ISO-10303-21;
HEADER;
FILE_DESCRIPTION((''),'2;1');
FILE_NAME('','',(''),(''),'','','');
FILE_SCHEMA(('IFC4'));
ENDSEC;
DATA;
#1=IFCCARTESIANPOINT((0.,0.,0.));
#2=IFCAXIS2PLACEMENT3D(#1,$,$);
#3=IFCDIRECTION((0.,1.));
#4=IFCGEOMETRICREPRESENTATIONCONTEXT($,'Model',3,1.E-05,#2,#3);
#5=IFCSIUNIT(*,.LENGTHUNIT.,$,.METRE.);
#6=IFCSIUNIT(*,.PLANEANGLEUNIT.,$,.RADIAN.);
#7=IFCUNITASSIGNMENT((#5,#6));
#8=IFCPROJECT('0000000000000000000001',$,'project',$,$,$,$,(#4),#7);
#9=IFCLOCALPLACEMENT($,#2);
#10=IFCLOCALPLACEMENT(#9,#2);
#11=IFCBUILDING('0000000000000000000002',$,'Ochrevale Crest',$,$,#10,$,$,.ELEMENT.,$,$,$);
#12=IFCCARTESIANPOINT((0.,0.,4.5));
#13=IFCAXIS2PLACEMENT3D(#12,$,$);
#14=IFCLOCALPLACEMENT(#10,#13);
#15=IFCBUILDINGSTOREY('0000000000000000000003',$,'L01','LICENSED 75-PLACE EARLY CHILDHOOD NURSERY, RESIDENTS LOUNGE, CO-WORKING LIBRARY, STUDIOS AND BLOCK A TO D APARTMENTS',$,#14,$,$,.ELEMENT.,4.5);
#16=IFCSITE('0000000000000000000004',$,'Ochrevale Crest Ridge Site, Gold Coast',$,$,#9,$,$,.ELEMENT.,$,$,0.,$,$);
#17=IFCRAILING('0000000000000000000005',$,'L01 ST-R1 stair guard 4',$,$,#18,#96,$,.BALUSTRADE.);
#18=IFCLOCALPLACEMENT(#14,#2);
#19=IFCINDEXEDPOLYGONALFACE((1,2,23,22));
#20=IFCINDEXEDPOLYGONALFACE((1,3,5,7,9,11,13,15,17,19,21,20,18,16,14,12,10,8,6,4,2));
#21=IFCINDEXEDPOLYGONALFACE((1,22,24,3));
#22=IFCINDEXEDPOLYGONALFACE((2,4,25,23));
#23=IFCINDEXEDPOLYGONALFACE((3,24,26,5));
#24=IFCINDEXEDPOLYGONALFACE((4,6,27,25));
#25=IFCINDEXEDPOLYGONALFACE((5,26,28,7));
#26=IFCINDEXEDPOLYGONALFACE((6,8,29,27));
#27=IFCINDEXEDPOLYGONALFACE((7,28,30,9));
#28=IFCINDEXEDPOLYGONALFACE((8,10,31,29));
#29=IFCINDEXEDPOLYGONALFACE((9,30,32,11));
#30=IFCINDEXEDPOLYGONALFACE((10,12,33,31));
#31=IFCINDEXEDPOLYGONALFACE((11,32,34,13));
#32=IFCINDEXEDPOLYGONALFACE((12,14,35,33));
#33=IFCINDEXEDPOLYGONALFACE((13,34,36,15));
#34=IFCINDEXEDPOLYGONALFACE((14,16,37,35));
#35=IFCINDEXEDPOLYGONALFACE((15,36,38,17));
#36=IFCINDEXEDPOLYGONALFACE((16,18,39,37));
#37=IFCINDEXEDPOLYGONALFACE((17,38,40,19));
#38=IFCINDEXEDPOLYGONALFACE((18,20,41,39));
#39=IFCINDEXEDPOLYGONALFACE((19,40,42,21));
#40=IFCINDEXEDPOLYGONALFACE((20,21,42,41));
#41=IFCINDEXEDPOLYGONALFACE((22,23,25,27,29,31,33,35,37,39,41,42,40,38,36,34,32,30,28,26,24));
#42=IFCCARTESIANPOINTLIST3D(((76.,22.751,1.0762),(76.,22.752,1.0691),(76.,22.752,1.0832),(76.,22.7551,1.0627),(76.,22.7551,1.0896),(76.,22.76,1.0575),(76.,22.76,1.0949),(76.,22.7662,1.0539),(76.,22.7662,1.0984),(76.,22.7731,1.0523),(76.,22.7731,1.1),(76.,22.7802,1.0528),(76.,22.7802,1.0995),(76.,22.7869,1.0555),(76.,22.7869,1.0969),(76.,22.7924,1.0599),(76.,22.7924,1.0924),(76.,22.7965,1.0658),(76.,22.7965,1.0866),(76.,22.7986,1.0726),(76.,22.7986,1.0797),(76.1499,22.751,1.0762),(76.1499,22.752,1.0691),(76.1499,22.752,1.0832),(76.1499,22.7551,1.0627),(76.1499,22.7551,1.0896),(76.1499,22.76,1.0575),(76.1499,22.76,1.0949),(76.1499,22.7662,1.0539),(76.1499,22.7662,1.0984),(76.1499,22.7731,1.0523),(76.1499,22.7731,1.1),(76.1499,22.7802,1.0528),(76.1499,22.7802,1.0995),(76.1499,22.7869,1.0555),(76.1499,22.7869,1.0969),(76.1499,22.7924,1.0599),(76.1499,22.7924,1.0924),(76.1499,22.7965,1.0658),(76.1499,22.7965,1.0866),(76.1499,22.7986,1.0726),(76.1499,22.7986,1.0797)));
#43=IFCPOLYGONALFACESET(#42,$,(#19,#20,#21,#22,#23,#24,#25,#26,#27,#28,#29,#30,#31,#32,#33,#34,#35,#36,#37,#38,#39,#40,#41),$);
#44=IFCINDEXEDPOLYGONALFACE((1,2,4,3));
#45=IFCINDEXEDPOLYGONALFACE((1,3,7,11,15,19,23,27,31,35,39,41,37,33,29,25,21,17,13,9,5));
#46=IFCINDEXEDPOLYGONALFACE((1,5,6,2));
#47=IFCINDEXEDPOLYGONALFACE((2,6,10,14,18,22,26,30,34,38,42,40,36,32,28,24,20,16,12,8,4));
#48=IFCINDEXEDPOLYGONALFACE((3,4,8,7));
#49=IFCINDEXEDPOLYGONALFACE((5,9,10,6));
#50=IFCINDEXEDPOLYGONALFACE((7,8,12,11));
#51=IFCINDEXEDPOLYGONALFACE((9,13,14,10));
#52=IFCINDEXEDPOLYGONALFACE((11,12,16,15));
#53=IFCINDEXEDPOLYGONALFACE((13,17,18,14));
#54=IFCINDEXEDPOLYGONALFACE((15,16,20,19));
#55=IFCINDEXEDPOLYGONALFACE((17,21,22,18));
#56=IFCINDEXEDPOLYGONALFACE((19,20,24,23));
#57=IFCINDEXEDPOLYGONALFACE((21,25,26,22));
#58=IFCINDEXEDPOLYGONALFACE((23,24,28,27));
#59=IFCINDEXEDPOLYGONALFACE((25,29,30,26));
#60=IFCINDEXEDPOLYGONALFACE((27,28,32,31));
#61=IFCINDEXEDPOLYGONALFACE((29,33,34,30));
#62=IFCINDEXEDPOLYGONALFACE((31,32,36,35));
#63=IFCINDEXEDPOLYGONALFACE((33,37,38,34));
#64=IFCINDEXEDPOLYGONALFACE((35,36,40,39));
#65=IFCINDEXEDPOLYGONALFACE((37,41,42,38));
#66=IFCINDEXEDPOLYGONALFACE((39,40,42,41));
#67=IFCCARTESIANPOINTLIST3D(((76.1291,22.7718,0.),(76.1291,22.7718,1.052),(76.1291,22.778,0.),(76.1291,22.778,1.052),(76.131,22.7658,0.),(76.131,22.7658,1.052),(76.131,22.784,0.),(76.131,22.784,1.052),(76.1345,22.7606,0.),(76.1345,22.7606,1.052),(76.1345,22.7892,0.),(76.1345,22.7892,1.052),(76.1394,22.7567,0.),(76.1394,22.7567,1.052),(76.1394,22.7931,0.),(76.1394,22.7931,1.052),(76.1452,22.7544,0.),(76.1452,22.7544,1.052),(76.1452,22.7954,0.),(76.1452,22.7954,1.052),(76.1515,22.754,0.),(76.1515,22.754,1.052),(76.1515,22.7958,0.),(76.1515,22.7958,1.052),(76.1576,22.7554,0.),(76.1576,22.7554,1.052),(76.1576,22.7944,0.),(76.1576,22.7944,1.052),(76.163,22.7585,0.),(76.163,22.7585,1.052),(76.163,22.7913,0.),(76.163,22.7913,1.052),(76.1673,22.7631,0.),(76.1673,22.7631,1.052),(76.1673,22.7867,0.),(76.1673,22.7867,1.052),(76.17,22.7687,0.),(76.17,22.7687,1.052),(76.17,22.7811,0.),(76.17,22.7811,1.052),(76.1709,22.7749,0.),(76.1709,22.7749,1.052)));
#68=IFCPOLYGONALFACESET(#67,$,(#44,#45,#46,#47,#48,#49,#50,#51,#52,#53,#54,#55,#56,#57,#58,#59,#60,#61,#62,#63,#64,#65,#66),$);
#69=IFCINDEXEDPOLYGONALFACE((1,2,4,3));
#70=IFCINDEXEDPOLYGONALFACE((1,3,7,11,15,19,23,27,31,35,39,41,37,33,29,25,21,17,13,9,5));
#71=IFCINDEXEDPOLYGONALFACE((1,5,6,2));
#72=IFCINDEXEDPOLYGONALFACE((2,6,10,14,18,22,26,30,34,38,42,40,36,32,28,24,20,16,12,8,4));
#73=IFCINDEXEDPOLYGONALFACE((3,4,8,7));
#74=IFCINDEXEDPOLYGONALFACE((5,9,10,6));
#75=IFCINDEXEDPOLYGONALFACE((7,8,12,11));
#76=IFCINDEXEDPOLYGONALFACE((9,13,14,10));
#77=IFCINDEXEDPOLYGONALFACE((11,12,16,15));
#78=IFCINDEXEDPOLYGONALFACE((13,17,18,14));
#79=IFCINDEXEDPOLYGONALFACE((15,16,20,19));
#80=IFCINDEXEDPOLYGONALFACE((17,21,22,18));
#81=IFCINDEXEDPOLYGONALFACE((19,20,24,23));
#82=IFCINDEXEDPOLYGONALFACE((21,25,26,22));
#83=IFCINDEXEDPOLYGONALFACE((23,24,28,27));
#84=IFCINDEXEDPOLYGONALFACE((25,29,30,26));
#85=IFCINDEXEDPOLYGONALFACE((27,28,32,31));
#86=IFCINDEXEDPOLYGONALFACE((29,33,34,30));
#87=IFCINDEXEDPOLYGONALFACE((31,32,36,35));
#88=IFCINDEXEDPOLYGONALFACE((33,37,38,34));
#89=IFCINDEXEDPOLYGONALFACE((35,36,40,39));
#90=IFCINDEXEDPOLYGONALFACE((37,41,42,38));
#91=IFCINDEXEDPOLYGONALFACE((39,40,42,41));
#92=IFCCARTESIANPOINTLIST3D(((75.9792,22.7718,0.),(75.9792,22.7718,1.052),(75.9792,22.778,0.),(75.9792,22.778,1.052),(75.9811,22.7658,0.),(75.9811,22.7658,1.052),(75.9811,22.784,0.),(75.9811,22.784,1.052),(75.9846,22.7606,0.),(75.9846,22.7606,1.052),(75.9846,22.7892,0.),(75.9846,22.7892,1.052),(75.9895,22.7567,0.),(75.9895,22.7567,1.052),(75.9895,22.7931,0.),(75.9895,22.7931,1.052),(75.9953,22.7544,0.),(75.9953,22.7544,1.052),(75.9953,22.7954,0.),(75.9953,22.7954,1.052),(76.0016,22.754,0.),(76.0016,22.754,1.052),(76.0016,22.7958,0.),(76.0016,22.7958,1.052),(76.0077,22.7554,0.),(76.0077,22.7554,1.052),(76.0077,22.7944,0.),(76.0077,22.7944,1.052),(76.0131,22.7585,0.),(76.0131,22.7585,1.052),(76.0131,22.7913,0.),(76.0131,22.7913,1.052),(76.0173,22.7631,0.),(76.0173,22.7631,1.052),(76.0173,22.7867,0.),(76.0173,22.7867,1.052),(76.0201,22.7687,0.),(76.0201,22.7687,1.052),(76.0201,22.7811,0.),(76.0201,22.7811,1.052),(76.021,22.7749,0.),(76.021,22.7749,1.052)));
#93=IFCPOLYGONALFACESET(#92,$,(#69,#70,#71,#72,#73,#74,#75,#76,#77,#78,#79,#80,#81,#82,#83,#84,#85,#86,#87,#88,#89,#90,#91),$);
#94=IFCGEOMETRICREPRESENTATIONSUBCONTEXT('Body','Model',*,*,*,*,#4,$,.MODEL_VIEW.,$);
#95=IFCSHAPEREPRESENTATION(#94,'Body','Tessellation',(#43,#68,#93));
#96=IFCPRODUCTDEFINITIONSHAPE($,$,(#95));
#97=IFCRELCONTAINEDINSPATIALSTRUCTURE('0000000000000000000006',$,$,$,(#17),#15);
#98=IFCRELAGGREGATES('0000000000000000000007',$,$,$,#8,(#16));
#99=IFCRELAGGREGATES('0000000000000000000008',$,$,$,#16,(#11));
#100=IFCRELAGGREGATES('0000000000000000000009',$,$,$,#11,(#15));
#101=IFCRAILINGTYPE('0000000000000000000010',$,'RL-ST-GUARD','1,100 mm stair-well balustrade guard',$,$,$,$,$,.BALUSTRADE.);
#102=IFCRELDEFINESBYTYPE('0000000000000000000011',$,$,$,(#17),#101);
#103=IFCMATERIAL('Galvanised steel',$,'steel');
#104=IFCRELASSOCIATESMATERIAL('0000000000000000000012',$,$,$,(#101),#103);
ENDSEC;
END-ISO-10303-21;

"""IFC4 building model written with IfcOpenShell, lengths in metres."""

from ifc_helpers import new_model, si_unit, direction, frame, origin, origin_2d, place, context, subcontext, project, spatial, circle, extrude, material, type_object, element, save


model = new_model("IFC4")

# Units and contexts
model_context = context("Model", 3, precision=1e-05, world=origin(), true_north=direction((0.0, 1.0)))
body_context = subcontext(model_context, "Body", "Model", "MODEL_VIEW")
ifc_project = project(units=[si_unit("LENGTHUNIT", "METRE"), si_unit("PLANEANGLEUNIT", "RADIAN")], contexts=[model_context])

# Site, building, storey
site_placement = place(None, origin())
site = spatial("IfcSite", under=ifc_project, at=site_placement, Name="Ochrevale Crest Ridge Site, Gold Coast", CompositionType="ELEMENT", RefElevation=0.0)
building_placement = place(site_placement, origin())
building = spatial("IfcBuilding", under=site, at=building_placement, Name="Ochrevale Crest", CompositionType="ELEMENT")
storey_placement = place(building_placement, frame((0.0, 0.0, 4.5)))
storey = spatial("IfcBuildingStorey", under=building, at=storey_placement, Name="L01", Description="LICENSED 75-PLACE EARLY CHILDHOOD NURSERY, RESIDENTS LOUNGE, CO-WORKING LIBRARY, STUDIOS AND BLOCK A TO D APARTMENTS", CompositionType="ELEMENT", Elevation=4.5)

# Railing
ifc_material_1 = material(Name="Galvanised steel", Category="steel")
railing_type_1 = type_object("IfcRailingType", Name="RL-ST-GUARD", Description="1,100 mm stair-well balustrade guard", PredefinedType="BALUSTRADE", material=ifc_material_1)
railing_1_placement = place(storey_placement, frame((76.1499, 22.7749, 0.0)))
element("IfcRailing", 1, at=railing_1_placement, inside=storey, type_object=railing_type_1, Name="L01 ST-R1 stair guard 4", PredefinedType="BALUSTRADE", context=body_context, shape_type="SweptSolid", body=[
    extrude(circle(Radius=0.0239, at=origin_2d()), frame((0.0, 0.0, 1.0762), z_axis=(-1.0, 0.0, 0.0), x_axis=(0.0, -1.0, 0.0)), (0.0, 0.0, 1.0), 0.1499),
    extrude(circle(Radius=0.021, at=origin_2d()), origin(), (0.0, 0.0, 1.0), 1.052),
    extrude(circle(Radius=0.021, at=origin_2d()), frame((-0.1499, 0.0, 0.0)), (0.0, 0.0, 1.0), 1.052),
])

save(model, "model.ifc")
